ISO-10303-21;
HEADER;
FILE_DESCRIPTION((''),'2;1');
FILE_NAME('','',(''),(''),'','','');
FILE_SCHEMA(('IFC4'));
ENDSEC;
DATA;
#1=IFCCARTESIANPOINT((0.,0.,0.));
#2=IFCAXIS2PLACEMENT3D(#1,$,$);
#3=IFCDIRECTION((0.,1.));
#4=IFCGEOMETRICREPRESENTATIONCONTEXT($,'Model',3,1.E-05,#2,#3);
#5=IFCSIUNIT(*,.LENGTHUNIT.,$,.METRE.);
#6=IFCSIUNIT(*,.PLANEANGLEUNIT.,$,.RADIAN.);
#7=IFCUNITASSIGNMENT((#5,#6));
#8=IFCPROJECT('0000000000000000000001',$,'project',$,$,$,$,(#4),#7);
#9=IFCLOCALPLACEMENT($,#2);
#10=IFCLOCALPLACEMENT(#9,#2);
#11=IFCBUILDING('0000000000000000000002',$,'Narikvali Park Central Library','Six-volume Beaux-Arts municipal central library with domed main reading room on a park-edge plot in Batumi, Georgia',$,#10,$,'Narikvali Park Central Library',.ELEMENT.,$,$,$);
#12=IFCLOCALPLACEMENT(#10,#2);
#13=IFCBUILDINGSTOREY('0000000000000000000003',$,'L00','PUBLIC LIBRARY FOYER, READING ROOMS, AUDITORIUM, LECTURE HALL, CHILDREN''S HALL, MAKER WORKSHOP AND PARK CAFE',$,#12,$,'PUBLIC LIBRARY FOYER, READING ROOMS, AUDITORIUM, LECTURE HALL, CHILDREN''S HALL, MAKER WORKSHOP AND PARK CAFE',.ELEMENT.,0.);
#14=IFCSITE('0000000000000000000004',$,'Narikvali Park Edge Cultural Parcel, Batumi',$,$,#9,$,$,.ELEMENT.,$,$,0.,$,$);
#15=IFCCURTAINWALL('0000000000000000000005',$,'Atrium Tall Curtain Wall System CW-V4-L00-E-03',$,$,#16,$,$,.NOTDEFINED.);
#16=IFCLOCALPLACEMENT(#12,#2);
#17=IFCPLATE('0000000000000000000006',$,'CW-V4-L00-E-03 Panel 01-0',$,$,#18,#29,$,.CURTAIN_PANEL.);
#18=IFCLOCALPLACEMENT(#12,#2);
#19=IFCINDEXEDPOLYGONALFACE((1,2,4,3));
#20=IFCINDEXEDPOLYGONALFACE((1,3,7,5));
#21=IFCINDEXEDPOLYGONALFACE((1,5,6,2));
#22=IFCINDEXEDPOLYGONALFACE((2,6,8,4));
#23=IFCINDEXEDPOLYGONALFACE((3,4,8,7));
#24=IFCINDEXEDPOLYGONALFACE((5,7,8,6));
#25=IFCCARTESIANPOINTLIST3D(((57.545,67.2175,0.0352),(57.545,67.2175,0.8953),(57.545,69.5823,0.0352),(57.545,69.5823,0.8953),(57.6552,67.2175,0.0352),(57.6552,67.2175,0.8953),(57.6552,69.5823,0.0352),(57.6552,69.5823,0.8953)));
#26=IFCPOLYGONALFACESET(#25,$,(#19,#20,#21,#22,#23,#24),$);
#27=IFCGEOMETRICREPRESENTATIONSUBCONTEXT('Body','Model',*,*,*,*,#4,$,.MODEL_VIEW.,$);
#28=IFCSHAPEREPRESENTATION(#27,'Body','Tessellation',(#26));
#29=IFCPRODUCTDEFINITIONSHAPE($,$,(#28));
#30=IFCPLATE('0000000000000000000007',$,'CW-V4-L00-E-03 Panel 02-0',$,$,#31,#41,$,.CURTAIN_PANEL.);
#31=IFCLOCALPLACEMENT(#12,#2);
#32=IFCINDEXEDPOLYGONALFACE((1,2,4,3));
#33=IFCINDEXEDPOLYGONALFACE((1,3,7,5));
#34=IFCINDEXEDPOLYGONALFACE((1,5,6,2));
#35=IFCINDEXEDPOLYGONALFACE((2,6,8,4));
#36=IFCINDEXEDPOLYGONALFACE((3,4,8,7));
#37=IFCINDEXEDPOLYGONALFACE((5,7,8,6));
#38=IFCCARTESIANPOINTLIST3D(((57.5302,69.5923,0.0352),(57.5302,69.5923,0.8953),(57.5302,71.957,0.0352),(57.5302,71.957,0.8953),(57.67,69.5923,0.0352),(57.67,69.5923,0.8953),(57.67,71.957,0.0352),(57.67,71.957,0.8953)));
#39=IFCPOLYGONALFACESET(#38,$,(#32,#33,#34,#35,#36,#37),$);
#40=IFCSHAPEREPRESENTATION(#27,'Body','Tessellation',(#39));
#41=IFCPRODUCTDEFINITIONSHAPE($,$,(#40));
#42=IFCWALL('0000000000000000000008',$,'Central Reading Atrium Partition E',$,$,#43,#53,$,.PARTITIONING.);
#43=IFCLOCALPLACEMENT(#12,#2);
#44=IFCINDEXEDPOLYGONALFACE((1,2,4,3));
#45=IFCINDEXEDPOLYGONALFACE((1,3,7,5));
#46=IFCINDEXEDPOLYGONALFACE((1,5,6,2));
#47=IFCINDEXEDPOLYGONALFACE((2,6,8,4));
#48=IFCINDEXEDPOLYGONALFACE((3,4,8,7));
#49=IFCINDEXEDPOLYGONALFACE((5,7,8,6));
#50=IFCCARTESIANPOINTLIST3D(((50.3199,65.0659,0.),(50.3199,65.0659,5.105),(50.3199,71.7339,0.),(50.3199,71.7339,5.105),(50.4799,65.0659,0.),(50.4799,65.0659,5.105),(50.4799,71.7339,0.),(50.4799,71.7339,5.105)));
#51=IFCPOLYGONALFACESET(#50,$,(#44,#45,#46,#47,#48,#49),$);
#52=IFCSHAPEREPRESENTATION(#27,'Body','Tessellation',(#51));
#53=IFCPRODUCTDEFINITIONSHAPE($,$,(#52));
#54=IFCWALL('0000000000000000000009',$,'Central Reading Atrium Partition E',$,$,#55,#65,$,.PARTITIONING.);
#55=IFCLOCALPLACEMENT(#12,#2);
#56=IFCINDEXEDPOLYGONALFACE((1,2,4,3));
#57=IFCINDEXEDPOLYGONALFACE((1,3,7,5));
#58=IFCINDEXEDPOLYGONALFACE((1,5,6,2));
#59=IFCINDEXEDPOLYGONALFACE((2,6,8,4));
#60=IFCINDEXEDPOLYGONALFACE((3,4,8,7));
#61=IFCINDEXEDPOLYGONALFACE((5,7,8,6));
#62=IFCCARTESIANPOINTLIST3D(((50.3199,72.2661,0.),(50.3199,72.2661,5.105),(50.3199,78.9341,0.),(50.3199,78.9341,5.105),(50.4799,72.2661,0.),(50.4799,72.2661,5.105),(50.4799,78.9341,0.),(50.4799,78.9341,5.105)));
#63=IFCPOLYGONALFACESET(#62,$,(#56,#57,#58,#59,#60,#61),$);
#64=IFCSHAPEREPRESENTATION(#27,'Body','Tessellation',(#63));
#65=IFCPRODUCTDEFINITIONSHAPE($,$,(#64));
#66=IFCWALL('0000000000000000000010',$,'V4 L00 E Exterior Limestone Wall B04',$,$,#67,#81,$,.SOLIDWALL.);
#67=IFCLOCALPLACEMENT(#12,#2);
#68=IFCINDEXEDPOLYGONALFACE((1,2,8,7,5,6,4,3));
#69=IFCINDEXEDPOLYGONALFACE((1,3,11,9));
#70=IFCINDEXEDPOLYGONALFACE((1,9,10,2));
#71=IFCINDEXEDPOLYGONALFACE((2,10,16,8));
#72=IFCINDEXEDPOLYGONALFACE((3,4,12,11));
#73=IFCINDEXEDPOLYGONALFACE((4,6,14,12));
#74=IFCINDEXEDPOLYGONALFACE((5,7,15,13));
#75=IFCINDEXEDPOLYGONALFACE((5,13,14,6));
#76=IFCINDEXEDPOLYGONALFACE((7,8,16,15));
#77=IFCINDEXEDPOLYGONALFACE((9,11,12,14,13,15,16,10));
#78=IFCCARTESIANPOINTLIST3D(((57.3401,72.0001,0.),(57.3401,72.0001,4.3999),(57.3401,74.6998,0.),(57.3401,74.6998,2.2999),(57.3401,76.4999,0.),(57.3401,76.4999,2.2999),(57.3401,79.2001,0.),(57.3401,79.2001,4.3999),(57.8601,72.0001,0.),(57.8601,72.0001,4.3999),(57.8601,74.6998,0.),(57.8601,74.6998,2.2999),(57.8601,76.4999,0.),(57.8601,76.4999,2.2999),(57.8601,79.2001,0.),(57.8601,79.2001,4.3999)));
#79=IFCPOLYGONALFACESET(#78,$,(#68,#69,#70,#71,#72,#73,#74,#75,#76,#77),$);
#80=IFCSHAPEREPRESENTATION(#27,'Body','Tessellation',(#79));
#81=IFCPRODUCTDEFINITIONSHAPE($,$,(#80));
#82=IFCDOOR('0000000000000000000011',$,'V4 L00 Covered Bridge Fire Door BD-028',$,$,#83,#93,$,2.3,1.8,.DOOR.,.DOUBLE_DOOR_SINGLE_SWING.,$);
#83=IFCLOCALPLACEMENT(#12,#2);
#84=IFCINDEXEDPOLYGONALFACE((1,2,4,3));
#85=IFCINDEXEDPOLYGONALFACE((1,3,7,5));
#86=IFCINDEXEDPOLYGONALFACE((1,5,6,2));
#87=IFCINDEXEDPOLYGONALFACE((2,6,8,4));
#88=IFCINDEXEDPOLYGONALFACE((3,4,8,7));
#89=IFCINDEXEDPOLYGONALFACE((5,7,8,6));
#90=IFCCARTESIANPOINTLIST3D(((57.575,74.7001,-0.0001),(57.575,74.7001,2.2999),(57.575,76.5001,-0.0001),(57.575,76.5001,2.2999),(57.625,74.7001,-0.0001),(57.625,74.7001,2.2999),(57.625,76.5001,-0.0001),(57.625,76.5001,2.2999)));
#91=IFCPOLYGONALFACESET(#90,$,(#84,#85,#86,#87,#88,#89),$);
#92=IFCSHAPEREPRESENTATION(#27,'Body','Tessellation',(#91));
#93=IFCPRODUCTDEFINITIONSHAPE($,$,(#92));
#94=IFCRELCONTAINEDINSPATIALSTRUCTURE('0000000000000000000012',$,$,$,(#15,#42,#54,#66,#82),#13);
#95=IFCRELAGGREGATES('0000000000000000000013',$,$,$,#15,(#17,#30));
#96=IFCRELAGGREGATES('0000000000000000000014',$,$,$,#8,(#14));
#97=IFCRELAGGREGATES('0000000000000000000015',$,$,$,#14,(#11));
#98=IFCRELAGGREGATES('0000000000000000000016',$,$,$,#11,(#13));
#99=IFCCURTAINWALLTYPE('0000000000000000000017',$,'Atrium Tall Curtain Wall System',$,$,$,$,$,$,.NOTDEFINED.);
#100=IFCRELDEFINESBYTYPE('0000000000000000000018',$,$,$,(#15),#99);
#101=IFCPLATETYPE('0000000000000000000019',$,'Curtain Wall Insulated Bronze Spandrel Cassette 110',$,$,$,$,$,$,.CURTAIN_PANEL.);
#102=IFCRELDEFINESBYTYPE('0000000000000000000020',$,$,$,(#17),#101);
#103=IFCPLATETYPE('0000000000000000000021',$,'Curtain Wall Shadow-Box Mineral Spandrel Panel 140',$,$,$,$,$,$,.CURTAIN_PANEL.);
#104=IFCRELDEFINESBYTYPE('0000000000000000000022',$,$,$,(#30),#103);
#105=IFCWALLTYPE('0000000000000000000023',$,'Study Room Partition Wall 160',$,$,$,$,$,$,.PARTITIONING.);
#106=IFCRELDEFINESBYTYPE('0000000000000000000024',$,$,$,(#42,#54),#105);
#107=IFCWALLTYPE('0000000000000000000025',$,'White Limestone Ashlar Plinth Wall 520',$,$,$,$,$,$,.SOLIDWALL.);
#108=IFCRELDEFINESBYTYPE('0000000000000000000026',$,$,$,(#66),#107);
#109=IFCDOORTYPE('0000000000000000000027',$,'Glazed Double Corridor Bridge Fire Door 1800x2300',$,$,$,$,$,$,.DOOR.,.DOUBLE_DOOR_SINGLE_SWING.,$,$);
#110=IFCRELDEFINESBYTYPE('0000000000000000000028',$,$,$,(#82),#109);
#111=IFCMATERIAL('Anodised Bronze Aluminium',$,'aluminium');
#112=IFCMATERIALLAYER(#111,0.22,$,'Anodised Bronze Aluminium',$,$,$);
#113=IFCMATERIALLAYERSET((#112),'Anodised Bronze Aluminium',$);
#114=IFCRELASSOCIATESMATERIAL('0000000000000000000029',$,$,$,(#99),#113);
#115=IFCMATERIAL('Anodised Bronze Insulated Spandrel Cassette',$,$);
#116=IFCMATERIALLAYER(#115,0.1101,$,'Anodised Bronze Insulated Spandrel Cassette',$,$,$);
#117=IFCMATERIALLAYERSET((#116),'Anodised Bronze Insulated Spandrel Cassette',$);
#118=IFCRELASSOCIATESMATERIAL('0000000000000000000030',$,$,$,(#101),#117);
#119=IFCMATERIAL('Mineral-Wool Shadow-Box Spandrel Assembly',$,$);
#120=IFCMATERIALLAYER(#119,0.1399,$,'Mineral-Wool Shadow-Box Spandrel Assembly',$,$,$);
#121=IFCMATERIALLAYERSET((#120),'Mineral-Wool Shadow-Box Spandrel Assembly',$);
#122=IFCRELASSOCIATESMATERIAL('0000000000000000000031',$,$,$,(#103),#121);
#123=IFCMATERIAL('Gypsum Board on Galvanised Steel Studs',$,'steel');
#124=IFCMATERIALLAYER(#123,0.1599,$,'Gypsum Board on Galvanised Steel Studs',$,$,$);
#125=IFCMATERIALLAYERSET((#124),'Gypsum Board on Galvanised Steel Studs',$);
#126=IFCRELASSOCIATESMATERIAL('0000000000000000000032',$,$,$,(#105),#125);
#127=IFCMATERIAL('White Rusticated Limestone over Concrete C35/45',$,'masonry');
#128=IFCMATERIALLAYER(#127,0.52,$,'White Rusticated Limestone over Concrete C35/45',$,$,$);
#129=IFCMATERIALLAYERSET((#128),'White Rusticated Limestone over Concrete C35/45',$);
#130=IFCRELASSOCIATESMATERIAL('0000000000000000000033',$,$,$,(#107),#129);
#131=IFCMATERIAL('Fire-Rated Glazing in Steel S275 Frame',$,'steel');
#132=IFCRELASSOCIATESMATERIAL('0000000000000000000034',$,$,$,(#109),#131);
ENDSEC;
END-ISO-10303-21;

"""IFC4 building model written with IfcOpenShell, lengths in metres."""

from ifc_helpers import new_model, si_unit, direction, frame, frame_2d, origin, origin_2d, place, context, subcontext, project, spatial, rectangle, extrude, material, layer, layer_set, type_object, element, fill, aggregate, save


model = new_model("IFC4")

# Units and contexts
model_context = context("Model", 3, precision=1e-05, world=origin(), true_north=direction((0.0, 1.0)))
body_context = subcontext(model_context, "Body", "Model", "MODEL_VIEW")
ifc_project = project(units=[si_unit("LENGTHUNIT", "METRE"), si_unit("PLANEANGLEUNIT", "RADIAN")], contexts=[model_context])

# Site, building, storey
site_placement = place(None, origin())
site = spatial("IfcSite", under=ifc_project, at=site_placement, Name="Narikvali Park Edge Cultural Parcel, Batumi", CompositionType="ELEMENT", RefElevation=0.0)
building_placement = place(site_placement, origin())
building = spatial("IfcBuilding", under=site, at=building_placement, Name="Narikvali Park Central Library", Description="Six-volume Beaux-Arts municipal central library with domed main reading room on a park-edge plot in Batumi, Georgia", LongName="Narikvali Park Central Library", CompositionType="ELEMENT")
storey_placement = place(building_placement, origin())
storey = spatial("IfcBuildingStorey", under=building, at=storey_placement, Name="L00", Description="PUBLIC LIBRARY FOYER, READING ROOMS, AUDITORIUM, LECTURE HALL, CHILDREN'S HALL, MAKER WORKSHOP AND PARK CAFE", LongName="PUBLIC LIBRARY FOYER, READING ROOMS, AUDITORIUM, LECTURE HALL, CHILDREN'S HALL, MAKER WORKSHOP AND PARK CAFE", CompositionType="ELEMENT", Elevation=0.0)

# Curtain wall
ifc_material_1 = material(Name="Anodised Bronze Aluminium", Category="aluminium")
ifc_layer_1 = layer(ifc_material_1, 0.22, Name="Anodised Bronze Aluminium")
ifc_layer_set_1 = layer_set([ifc_layer_1], Name="Anodised Bronze Aluminium")
curtain_wall_type = type_object("IfcCurtainWallType", Name="Atrium Tall Curtain Wall System", PredefinedType="NOTDEFINED", material=ifc_layer_set_1)
curtain_wall_placement = place(storey_placement, origin())
curtain_wall = element("IfcCurtainWall", 1, at=curtain_wall_placement, inside=storey, type_object=curtain_wall_type, Name="Atrium Tall Curtain Wall System CW-V4-L00-E-03", PredefinedType="NOTDEFINED")

# Plates
ifc_material_2 = material(Name="Anodised Bronze Insulated Spandrel Cassette")
ifc_layer_2 = layer(ifc_material_2, 0.1101, Name="Anodised Bronze Insulated Spandrel Cassette")
ifc_layer_set_2 = layer_set([ifc_layer_2], Name="Anodised Bronze Insulated Spandrel Cassette")
plate_type_1 = type_object("IfcPlateType", Name="Curtain Wall Insulated Bronze Spandrel Cassette 110", PredefinedType="CURTAIN_PANEL", material=ifc_layer_set_2)
plate_1_placement = place(storey_placement, frame((57.6001, 68.3999, 0.0352), z_axis=(0.0, 0.0, 1.0), x_axis=(0.0, 1.0, 0.0)))
plate_1 = element("IfcPlate", 2, at=plate_1_placement, type_object=plate_type_1, Name="CW-V4-L00-E-03 Panel 01-0", PredefinedType="CURTAIN_PANEL", context=body_context, shape_type="SweptSolid", body=[
    extrude(rectangle(XDim=2.3647, YDim=0.1101, at=origin_2d()), origin(), (0.0, 0.0, 1.0), 0.8601),
])
ifc_material_3 = material(Name="Mineral-Wool Shadow-Box Spandrel Assembly")
ifc_layer_3 = layer(ifc_material_3, 0.1399, Name="Mineral-Wool Shadow-Box Spandrel Assembly")
ifc_layer_set_3 = layer_set([ifc_layer_3], Name="Mineral-Wool Shadow-Box Spandrel Assembly")
plate_type_2 = type_object("IfcPlateType", Name="Curtain Wall Shadow-Box Mineral Spandrel Panel 140", PredefinedType="CURTAIN_PANEL", material=ifc_layer_set_3)
plate_2_placement = place(storey_placement, frame((57.6001, 70.7747, 0.0352), z_axis=(0.0, 0.0, 1.0), x_axis=(0.0, 1.0, 0.0)))
plate_2 = element("IfcPlate", 3, at=plate_2_placement, type_object=plate_type_2, Name="CW-V4-L00-E-03 Panel 02-0", PredefinedType="CURTAIN_PANEL", context=body_context, shape_type="SweptSolid", body=[
    extrude(rectangle(XDim=2.3647, YDim=0.1399, at=origin_2d()), origin(), (0.0, 0.0, 1.0), 0.8601),
])
aggregate(curtain_wall, [plate_1, plate_2])

# Walls
ifc_material_4 = material(Name="Gypsum Board on Galvanised Steel Studs", Category="steel")
ifc_layer_4 = layer(ifc_material_4, 0.1599, Name="Gypsum Board on Galvanised Steel Studs")
ifc_layer_set_4 = layer_set([ifc_layer_4], Name="Gypsum Board on Galvanised Steel Studs")
wall_type_1 = type_object("IfcWallType", Name="Study Room Partition Wall 160", PredefinedType="PARTITIONING", material=ifc_layer_set_4)
for number, where, z_axis, x_axis, name in (
    (4, (50.3999, 65.0659, 0.0), (0.0, 0.0, 1.0), (0.0, 1.0, 0.0), "Central Reading Atrium Partition E"),
    (5, (50.3999, 72.2661, 0.0), (0.0, 0.0, 1.0), (0.0, 1.0, 0.0), "Central Reading Atrium Partition E"),
):
    element("IfcWall", number, at=place(storey_placement, frame(where, z_axis=z_axis, x_axis=x_axis)), inside=storey, type_object=wall_type_1, Name=name, PredefinedType="PARTITIONING", context=body_context, shape_type="SweptSolid", body=[
        extrude(rectangle(XDim=6.668, YDim=0.1599, at=frame_2d((3.334, 0.0))), origin(), (0.0, 0.0, 1.0), 5.105),
    ])

# Wall, opening, door
ifc_material_5 = material(Name="White Rusticated Limestone over Concrete C35/45", Category="masonry")
ifc_layer_5 = layer(ifc_material_5, 0.52, Name="White Rusticated Limestone over Concrete C35/45")
ifc_layer_set_5 = layer_set([ifc_layer_5], Name="White Rusticated Limestone over Concrete C35/45")
wall_type_2 = type_object("IfcWallType", Name="White Limestone Ashlar Plinth Wall 520", PredefinedType="SOLIDWALL", material=ifc_layer_set_5)
wall_placement = place(storey_placement, frame((57.6001, 72.0, 0.0), z_axis=(0.0, 0.0, 1.0), x_axis=(0.0, 1.0, 0.0)))
wall = element("IfcWall", 6, at=wall_placement, inside=storey, type_object=wall_type_2, Name="V4 L00 E Exterior Limestone Wall B04", PredefinedType="SOLIDWALL", context=body_context, shape_type="SweptSolid", body=[
    extrude(rectangle(XDim=7.2, YDim=0.52, at=frame_2d((3.6001, 0.0))), origin(), (0.0, 0.0, 1.0), 4.3999),
])
opening_placement = place(wall_placement, frame((2.7, 0.0, 0.0)))
opening = element("IfcOpeningElement", 7, at=opening_placement, cuts=wall, PredefinedType="OPENING", context=body_context, shape_type="SweptSolid", body=[
    extrude(rectangle(XDim=1.8, YDim=2.3, at=frame_2d((0.8999, 1.1499))), frame((0.0, 0.272, 0.0), z_axis=(0.0, -1.0, 0.0), x_axis=(1.0, 0.0, 0.0)), (0.0, 0.0, 1.0), 0.5439),
])
ifc_material_6 = material(Name="Fire-Rated Glazing in Steel S275 Frame", Category="steel")
door_type = type_object("IfcDoorType", Name="Glazed Double Corridor Bridge Fire Door 1800x2300", OperationType="DOUBLE_DOOR_SINGLE_SWING", PredefinedType="DOOR", material=ifc_material_6)
door_placement = place(opening_placement, frame((1.8, 0.0, 0.0), z_axis=(0.0, 0.0, 1.0), x_axis=(-1.0, 0.0, 0.0)))
door = element("IfcDoor", 8, at=door_placement, inside=storey, type_object=door_type, Name="V4 L00 Covered Bridge Fire Door BD-028", OperationType="DOUBLE_DOOR_SINGLE_SWING", OverallHeight=2.3, OverallWidth=1.8, PredefinedType="DOOR", context=body_context, shape_type="SweptSolid", body=[
    extrude(rectangle(XDim=1.8, YDim=2.3, at=frame_2d((0.8999, 1.1499))), frame((0.0, 0.0249, 0.0), z_axis=(0.0, -1.0, 0.0), x_axis=(1.0, 0.0, 0.0)), (0.0, 0.0, 1.0), 0.05),
])
fill(opening, door)

save(model, "model.ifc")
